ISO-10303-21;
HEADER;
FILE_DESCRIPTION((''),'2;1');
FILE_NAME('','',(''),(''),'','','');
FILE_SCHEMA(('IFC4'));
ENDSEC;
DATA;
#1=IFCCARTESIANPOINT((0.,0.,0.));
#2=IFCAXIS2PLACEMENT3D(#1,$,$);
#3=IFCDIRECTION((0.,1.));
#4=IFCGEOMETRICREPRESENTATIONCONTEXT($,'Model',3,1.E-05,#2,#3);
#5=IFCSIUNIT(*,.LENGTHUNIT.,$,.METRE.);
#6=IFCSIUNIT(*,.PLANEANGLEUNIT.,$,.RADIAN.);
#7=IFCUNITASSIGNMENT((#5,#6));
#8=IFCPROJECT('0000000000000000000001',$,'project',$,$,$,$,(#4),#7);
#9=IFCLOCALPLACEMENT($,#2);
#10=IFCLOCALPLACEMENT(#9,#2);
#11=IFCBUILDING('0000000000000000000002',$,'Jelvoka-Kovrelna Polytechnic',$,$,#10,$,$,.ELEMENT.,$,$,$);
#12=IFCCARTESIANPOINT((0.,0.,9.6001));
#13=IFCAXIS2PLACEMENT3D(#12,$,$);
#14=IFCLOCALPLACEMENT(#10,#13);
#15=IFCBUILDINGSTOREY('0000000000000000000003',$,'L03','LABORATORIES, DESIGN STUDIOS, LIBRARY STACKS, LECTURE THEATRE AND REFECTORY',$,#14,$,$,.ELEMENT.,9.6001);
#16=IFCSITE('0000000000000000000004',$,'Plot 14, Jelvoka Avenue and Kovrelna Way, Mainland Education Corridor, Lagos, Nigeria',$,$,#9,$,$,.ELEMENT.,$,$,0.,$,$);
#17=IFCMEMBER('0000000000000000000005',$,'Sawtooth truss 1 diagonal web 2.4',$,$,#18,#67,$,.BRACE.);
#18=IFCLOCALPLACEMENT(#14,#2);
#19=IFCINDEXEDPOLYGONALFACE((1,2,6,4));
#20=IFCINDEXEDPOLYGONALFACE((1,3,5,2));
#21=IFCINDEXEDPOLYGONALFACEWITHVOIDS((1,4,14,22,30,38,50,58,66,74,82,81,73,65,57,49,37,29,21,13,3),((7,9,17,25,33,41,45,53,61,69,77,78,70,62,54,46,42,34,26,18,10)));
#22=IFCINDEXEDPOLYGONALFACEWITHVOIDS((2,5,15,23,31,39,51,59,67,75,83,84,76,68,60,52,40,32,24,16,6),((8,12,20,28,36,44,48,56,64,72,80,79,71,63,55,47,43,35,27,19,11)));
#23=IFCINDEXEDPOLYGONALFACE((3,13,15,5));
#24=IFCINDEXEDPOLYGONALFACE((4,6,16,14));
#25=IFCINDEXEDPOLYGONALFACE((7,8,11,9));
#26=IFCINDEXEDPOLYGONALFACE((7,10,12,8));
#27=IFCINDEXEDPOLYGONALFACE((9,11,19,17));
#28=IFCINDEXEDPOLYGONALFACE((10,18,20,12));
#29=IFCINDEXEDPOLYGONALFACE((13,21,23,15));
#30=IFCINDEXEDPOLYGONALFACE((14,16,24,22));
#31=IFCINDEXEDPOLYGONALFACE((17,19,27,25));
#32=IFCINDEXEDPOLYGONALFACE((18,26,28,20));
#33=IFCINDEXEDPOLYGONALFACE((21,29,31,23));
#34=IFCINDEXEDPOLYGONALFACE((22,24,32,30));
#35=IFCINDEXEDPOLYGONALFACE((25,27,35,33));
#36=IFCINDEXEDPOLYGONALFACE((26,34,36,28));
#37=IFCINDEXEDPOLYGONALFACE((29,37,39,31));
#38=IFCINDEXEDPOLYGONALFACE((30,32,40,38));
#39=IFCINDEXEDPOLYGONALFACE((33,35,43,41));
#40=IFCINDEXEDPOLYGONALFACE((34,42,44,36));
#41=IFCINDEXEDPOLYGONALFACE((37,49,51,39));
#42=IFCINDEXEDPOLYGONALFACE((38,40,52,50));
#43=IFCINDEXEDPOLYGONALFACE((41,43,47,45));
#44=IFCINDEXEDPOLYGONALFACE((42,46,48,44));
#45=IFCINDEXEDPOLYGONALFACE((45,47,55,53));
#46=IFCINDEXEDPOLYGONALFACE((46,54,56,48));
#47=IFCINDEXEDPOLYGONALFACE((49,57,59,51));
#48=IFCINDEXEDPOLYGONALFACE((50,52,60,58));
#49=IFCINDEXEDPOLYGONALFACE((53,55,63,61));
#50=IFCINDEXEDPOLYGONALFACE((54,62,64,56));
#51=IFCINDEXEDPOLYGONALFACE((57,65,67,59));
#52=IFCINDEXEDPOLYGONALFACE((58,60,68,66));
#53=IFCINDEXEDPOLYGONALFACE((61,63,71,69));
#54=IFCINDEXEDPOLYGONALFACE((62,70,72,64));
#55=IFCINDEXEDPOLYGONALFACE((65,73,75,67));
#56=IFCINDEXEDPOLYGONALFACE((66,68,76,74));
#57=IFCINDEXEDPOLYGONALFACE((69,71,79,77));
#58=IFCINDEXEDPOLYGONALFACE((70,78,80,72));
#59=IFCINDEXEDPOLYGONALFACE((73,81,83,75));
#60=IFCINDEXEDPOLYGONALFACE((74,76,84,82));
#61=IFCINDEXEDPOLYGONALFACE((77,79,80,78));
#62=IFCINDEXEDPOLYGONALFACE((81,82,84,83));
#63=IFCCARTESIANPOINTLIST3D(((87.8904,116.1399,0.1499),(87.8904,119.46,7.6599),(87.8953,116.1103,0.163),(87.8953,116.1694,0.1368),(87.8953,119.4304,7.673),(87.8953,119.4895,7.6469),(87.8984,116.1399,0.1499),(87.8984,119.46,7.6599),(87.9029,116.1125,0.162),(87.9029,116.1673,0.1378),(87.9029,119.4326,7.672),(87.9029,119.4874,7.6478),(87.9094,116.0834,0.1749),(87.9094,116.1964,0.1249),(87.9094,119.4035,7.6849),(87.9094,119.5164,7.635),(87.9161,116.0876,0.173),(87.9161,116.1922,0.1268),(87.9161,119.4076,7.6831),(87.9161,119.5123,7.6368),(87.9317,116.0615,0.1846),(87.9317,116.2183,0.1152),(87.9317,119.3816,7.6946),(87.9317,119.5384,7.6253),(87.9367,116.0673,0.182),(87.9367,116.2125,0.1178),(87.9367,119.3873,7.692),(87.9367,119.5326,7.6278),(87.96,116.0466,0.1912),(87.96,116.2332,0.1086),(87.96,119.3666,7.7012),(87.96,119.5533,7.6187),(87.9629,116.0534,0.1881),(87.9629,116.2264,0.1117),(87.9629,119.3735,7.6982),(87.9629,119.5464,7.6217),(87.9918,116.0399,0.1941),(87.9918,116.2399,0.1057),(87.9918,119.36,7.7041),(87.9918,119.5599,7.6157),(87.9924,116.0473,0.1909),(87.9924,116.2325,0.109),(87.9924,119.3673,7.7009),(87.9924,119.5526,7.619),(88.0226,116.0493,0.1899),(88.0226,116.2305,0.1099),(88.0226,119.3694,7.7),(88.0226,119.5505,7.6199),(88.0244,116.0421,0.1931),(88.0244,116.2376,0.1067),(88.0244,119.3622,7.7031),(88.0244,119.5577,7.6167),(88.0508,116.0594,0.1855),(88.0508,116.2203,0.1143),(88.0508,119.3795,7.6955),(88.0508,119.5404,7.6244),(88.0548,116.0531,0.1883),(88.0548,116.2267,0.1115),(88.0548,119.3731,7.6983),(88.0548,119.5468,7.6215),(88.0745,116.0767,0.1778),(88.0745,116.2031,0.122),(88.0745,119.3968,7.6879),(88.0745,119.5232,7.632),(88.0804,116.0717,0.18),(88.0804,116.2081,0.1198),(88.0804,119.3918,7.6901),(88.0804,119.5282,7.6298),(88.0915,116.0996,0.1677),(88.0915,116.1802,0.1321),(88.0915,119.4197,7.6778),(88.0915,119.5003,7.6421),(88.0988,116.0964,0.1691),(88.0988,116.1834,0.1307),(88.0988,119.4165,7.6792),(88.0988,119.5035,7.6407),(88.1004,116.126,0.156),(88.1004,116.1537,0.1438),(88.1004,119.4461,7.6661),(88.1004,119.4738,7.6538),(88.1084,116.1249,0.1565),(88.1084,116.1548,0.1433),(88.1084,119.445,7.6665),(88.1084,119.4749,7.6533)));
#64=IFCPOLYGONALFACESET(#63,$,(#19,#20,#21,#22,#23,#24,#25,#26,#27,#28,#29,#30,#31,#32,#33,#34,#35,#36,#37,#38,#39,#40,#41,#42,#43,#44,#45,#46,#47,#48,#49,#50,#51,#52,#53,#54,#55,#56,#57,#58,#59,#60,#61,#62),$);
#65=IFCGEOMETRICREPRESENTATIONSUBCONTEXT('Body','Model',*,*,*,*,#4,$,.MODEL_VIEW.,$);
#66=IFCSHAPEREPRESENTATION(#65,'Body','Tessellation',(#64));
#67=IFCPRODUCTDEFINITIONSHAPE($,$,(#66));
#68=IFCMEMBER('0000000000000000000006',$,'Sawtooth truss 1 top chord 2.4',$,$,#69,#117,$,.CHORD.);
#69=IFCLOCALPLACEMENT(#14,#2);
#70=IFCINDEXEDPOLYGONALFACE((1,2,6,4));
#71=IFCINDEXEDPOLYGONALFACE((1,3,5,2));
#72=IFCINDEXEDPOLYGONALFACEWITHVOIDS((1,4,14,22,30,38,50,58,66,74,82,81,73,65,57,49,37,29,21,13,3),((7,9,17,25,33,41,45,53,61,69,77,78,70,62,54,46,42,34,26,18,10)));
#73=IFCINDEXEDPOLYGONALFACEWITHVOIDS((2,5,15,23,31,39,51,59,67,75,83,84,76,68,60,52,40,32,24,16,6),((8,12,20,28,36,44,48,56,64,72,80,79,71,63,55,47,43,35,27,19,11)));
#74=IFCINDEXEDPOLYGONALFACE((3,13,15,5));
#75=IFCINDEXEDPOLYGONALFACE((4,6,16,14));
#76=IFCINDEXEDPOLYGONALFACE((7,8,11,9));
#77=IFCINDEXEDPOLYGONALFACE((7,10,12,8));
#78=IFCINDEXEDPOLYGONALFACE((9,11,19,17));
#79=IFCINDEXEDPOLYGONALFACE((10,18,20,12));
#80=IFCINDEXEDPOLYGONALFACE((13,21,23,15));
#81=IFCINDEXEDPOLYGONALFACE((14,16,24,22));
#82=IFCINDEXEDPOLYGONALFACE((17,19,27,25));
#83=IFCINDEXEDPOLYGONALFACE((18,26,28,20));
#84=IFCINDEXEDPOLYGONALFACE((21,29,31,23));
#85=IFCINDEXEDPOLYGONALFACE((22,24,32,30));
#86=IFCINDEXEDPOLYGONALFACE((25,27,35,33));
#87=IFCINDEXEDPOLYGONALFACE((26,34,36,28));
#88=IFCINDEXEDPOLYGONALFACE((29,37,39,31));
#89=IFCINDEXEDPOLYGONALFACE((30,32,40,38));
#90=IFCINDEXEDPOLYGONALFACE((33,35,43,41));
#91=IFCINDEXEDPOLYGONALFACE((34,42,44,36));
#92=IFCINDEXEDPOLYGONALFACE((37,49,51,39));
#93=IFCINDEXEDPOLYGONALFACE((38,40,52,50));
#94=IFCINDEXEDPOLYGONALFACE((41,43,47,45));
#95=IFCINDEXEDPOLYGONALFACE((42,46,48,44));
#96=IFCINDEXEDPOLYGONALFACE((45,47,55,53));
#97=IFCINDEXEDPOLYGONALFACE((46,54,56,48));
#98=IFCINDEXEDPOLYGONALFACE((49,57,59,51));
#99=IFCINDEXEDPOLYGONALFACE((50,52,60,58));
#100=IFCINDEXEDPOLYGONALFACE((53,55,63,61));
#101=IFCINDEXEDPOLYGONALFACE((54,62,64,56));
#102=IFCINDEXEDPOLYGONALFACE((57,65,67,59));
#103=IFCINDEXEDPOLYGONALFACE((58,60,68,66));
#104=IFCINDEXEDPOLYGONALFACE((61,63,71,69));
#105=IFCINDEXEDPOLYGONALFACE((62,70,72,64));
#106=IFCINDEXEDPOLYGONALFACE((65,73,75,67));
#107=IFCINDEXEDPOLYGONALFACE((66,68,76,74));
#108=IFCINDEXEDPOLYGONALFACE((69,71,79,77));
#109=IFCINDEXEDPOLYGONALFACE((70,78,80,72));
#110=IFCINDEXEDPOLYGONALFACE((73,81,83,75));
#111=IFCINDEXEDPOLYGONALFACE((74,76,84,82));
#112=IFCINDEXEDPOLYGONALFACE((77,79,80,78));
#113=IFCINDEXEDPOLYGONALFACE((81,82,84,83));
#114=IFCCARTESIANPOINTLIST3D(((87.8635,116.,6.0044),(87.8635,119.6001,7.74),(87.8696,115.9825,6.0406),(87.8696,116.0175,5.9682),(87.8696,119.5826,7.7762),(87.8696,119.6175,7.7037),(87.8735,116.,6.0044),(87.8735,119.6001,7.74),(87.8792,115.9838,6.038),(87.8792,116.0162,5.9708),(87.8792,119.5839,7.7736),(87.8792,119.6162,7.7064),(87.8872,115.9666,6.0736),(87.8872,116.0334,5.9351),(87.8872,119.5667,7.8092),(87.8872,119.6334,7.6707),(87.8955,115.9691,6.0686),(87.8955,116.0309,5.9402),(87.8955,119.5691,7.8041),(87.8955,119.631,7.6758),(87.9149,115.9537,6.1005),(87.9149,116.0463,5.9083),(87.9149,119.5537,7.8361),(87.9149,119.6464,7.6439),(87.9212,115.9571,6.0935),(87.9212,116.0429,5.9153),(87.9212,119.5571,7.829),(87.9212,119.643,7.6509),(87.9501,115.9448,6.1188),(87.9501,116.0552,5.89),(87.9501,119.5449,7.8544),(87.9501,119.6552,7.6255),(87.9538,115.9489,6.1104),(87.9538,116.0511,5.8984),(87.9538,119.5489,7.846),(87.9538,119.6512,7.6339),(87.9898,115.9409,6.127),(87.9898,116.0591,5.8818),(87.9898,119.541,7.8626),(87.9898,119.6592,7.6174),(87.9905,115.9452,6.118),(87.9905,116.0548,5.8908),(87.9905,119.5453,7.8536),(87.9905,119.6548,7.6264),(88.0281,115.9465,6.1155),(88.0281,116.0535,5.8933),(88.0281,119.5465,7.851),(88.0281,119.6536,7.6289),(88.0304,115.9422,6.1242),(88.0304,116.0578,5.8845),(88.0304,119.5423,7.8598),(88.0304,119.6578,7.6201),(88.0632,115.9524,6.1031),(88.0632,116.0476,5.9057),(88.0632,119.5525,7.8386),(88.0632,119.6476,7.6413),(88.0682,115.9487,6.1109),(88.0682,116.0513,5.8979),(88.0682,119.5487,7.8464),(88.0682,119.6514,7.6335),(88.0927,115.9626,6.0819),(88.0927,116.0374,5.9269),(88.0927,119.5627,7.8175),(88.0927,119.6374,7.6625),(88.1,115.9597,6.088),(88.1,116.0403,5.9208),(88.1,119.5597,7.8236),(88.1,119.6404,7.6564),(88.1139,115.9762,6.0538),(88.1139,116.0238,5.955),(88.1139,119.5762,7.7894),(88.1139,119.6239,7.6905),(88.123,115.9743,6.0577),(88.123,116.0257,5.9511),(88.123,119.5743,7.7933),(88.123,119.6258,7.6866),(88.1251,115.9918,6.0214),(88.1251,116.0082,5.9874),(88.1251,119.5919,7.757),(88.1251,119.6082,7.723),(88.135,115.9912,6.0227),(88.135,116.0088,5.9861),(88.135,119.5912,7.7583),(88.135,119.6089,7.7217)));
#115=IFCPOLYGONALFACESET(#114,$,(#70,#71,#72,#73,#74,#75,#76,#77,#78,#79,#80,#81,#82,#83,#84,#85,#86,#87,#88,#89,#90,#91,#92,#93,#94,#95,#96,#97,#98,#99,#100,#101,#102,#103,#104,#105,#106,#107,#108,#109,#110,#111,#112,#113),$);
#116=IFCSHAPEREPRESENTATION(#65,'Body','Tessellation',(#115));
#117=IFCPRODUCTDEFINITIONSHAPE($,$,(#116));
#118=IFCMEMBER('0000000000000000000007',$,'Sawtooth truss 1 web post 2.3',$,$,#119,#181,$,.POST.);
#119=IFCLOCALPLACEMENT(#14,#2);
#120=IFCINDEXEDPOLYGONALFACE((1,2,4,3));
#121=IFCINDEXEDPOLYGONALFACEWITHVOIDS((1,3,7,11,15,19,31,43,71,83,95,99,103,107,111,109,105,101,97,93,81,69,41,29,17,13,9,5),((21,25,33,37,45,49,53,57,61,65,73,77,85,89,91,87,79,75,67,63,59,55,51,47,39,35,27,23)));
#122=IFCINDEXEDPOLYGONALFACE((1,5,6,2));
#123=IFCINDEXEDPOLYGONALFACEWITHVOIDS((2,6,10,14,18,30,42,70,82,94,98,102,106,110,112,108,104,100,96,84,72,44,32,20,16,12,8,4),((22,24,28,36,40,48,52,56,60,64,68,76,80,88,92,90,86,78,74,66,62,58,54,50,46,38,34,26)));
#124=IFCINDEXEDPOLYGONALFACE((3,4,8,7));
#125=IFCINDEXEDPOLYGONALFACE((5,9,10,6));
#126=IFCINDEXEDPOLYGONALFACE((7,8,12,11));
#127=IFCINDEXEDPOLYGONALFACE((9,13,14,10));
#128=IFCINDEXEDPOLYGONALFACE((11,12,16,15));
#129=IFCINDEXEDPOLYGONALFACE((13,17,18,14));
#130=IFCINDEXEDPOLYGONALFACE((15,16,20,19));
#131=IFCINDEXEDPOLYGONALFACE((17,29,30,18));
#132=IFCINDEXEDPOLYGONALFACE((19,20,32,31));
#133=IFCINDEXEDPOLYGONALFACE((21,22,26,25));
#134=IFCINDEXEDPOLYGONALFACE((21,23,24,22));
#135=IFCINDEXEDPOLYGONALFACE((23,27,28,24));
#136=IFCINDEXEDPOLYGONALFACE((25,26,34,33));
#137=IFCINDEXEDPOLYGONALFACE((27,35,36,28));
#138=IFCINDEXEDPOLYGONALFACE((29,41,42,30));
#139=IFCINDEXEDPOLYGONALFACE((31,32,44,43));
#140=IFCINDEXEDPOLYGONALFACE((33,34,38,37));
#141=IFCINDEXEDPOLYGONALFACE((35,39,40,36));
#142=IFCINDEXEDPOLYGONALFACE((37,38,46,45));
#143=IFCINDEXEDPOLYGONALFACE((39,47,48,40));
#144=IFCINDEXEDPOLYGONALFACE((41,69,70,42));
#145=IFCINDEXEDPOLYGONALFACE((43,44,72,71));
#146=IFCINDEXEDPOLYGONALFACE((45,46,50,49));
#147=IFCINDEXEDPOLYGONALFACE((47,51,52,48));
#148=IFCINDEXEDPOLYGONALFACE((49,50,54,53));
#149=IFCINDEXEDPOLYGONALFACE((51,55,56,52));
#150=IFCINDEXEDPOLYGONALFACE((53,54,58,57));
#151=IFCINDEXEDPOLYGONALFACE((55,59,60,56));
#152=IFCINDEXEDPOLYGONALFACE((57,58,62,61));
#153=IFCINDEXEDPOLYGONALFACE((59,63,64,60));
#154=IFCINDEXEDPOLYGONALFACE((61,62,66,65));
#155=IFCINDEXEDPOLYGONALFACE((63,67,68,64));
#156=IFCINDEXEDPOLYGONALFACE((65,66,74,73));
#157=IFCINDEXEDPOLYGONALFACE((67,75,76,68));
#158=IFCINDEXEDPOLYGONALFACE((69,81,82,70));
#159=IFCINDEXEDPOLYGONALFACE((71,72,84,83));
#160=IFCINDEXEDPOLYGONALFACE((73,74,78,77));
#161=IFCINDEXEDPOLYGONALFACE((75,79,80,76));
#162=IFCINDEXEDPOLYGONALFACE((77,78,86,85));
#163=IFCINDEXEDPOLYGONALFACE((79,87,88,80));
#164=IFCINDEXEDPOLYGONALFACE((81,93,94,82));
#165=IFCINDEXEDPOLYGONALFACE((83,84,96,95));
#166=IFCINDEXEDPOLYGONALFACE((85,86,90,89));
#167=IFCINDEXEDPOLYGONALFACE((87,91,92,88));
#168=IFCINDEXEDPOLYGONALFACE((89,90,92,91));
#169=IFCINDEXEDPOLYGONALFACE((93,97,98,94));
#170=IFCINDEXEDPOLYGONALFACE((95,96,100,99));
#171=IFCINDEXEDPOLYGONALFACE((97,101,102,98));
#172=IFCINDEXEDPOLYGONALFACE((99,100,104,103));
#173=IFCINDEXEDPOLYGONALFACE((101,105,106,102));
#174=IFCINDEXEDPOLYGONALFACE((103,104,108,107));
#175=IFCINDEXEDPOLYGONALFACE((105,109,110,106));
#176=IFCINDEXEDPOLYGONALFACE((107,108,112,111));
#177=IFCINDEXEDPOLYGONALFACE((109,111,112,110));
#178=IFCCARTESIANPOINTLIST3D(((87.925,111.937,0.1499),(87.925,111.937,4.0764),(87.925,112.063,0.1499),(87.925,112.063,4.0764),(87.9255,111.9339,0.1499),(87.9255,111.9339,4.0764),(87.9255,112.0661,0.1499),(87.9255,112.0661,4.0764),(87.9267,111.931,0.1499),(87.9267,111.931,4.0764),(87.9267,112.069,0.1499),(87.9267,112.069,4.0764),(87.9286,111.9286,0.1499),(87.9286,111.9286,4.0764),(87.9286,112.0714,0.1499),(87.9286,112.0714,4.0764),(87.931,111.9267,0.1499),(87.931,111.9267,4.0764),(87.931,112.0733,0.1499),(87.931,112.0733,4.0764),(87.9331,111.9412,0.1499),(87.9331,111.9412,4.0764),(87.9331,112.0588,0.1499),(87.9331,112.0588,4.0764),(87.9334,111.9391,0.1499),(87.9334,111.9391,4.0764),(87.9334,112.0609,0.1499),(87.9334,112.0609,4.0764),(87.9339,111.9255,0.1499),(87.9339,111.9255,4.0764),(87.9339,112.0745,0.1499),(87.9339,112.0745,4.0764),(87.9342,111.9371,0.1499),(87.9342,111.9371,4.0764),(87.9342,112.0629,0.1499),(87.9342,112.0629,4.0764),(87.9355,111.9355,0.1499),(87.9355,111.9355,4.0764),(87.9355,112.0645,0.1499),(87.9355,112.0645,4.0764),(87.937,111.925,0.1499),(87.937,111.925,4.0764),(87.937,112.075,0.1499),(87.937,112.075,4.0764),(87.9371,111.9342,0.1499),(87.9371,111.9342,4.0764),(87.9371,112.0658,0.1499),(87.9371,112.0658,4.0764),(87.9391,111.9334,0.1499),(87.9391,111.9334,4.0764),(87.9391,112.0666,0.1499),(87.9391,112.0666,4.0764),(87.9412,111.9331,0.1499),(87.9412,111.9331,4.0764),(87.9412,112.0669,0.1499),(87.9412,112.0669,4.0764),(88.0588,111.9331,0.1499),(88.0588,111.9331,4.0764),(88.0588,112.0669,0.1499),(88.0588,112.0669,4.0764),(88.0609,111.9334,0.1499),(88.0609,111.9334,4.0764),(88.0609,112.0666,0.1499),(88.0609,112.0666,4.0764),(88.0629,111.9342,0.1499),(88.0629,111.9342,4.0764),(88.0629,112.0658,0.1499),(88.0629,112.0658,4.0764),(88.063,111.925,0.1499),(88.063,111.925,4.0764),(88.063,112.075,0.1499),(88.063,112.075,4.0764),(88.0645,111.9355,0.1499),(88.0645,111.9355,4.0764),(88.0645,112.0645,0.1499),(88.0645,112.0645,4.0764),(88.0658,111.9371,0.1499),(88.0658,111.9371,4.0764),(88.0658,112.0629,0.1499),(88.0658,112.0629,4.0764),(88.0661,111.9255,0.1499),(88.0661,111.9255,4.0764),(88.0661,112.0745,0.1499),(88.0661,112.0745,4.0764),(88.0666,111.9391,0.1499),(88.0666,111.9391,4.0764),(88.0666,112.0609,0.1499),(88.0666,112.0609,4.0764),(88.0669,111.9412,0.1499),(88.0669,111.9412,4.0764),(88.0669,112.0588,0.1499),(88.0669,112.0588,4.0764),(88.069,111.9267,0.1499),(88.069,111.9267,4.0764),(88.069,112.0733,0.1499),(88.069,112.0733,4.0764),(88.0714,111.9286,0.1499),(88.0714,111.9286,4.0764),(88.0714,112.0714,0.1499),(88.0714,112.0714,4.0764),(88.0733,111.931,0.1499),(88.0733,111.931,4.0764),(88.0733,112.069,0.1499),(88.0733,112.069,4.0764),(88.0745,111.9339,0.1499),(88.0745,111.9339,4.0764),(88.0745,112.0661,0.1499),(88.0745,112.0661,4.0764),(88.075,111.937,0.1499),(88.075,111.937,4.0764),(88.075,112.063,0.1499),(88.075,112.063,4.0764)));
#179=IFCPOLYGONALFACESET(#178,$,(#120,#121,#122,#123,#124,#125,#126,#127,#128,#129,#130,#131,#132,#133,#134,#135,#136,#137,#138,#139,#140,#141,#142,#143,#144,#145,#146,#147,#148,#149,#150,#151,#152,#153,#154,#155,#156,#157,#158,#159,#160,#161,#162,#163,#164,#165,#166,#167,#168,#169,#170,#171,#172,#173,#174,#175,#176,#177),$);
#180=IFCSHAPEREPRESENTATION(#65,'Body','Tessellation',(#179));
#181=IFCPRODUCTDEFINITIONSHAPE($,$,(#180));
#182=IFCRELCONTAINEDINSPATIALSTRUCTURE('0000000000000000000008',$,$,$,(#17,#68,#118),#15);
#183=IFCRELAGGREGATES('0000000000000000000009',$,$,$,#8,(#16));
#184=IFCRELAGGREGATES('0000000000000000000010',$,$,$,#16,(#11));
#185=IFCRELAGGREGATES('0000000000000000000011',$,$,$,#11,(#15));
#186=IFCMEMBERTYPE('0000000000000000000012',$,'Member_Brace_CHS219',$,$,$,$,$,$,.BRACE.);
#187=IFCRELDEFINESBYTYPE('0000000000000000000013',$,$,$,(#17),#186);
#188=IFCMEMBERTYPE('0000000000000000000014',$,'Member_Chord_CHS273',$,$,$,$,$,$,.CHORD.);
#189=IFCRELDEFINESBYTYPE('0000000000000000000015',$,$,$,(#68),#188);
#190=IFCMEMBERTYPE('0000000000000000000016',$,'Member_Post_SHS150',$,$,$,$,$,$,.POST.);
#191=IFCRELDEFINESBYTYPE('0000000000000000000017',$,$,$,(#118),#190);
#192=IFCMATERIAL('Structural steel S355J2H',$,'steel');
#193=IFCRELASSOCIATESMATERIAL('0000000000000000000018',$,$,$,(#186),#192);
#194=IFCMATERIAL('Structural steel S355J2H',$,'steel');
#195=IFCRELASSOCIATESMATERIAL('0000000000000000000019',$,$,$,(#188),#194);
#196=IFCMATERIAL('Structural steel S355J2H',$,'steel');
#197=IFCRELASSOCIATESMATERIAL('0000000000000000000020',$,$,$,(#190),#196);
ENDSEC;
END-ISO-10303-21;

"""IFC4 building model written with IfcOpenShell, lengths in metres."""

from ifc_helpers import new_model, si_unit, direction, frame, origin, origin_2d, place, context, subcontext, project, spatial, hollow_rectangle, hollow_circle, extrude, material, material_profile, profile_set, type_object, element, save


model = new_model("IFC4")

# Units and contexts
model_context = context("Model", 3, precision=1e-05, world=origin(), true_north=direction((0.0, 1.0)))
body_context = subcontext(model_context, "Body", "Model", "MODEL_VIEW")
ifc_project = project(units=[si_unit("LENGTHUNIT", "METRE"), si_unit("PLANEANGLEUNIT", "RADIAN")], contexts=[model_context])

# Site, building, storey
site_placement = place(None, origin())
site = spatial("IfcSite", under=ifc_project, at=site_placement, Name="Plot 14, Jelvoka Avenue and Kovrelna Way, Mainland Education Corridor, Lagos, Nigeria", CompositionType="ELEMENT", RefElevation=0.0)
building_placement = place(site_placement, origin())
building = spatial("IfcBuilding", under=site, at=building_placement, Name="Jelvoka-Kovrelna Polytechnic", CompositionType="ELEMENT")
storey_placement = place(building_placement, frame((0.0, 0.0, 9.6001)))
storey = spatial("IfcBuildingStorey", under=building, at=storey_placement, Name="L03", Description="LABORATORIES, DESIGN STUDIOS, LIBRARY STACKS, LECTURE THEATRE AND REFECTORY", CompositionType="ELEMENT", Elevation=9.6001)

# Members
ifc_material_1 = material(Name="Structural steel S355J2H", Category="steel")
ifc_material_profile_1 = material_profile(ifc_material_1, hollow_circle(Radius=0.1096, WallThickness=0.0081, at=origin_2d()), Name="219.1x8.0 CHS")
ifc_profile_set_1 = profile_set([ifc_material_profile_1], Name="Structural steel S355J2H")
member_type_1 = type_object("IfcMemberType", Name="Member_Brace_CHS219", PredefinedType="BRACE", material=ifc_profile_set_1)
member_1_placement = place(storey_placement, frame((88.0, 116.1399, 0.1499), z_axis=(0.0, 0.404336, 0.91461), x_axis=(-1.0, 0.0, 0.0)))
element("IfcMember", 1, at=member_1_placement, inside=storey, type_object=member_type_1, Name="Sawtooth truss 1 diagonal web 2.4", PredefinedType="BRACE", context=body_context, shape_type="SweptSolid", body=[
    extrude(hollow_circle(Radius=0.1096, WallThickness=0.0081, at=origin_2d()), origin(), (0.0, 0.0, 1.0), 8.2112),
])
ifc_material_2 = material(Name="Structural steel S355J2H", Category="steel")
ifc_material_profile_2 = material_profile(ifc_material_2, hollow_circle(Radius=0.1365, WallThickness=0.01, at=origin_2d()), Name="273.0x10.0 CHS")
ifc_profile_set_2 = profile_set([ifc_material_profile_2], Name="Structural steel S355J2H")
member_type_2 = type_object("IfcMemberType", Name="Member_Chord_CHS273", PredefinedType="CHORD", material=ifc_profile_set_2)
member_2_placement = place(storey_placement, frame((88.0, 116.0, 6.0044), z_axis=(0.0, 0.900785, 0.434266), x_axis=(-1.0, 0.0, 0.0)))
element("IfcMember", 2, at=member_2_placement, inside=storey, type_object=member_type_2, Name="Sawtooth truss 1 top chord 2.4", PredefinedType="CHORD", context=body_context, shape_type="SweptSolid", body=[
    extrude(hollow_circle(Radius=0.1365, WallThickness=0.01, at=origin_2d()), origin(), (0.0, 0.0, 1.0), 3.9966),
])
ifc_material_3 = material(Name="Structural steel S355J2H", Category="steel")
ifc_material_profile_3 = material_profile(ifc_material_3, hollow_rectangle(XDim=0.1499, YDim=0.1499, WallThickness=0.0081, InnerFilletRadius=0.0081, OuterFilletRadius=0.012, at=origin_2d()), Name="150x150x8.0 SHS")
ifc_profile_set_3 = profile_set([ifc_material_profile_3], Name="Structural steel S355J2H")
member_type_3 = type_object("IfcMemberType", Name="Member_Post_SHS150", PredefinedType="POST", material=ifc_profile_set_3)
member_3_placement = place(storey_placement, frame((88.0, 112.0, 0.1499), z_axis=(0.0, 0.0, 1.0), x_axis=(1.0, 0.0, 0.0)))
element("IfcMember", 3, at=member_3_placement, inside=storey, type_object=member_type_3, Name="Sawtooth truss 1 web post 2.3", PredefinedType="POST", context=body_context, shape_type="SweptSolid", body=[
    extrude(hollow_rectangle(XDim=0.1499, YDim=0.1499, WallThickness=0.0081, InnerFilletRadius=0.0081, OuterFilletRadius=0.012, at=origin_2d()), origin(), (0.0, 0.0, 1.0), 3.9265),
])

save(model, "model.ifc")
